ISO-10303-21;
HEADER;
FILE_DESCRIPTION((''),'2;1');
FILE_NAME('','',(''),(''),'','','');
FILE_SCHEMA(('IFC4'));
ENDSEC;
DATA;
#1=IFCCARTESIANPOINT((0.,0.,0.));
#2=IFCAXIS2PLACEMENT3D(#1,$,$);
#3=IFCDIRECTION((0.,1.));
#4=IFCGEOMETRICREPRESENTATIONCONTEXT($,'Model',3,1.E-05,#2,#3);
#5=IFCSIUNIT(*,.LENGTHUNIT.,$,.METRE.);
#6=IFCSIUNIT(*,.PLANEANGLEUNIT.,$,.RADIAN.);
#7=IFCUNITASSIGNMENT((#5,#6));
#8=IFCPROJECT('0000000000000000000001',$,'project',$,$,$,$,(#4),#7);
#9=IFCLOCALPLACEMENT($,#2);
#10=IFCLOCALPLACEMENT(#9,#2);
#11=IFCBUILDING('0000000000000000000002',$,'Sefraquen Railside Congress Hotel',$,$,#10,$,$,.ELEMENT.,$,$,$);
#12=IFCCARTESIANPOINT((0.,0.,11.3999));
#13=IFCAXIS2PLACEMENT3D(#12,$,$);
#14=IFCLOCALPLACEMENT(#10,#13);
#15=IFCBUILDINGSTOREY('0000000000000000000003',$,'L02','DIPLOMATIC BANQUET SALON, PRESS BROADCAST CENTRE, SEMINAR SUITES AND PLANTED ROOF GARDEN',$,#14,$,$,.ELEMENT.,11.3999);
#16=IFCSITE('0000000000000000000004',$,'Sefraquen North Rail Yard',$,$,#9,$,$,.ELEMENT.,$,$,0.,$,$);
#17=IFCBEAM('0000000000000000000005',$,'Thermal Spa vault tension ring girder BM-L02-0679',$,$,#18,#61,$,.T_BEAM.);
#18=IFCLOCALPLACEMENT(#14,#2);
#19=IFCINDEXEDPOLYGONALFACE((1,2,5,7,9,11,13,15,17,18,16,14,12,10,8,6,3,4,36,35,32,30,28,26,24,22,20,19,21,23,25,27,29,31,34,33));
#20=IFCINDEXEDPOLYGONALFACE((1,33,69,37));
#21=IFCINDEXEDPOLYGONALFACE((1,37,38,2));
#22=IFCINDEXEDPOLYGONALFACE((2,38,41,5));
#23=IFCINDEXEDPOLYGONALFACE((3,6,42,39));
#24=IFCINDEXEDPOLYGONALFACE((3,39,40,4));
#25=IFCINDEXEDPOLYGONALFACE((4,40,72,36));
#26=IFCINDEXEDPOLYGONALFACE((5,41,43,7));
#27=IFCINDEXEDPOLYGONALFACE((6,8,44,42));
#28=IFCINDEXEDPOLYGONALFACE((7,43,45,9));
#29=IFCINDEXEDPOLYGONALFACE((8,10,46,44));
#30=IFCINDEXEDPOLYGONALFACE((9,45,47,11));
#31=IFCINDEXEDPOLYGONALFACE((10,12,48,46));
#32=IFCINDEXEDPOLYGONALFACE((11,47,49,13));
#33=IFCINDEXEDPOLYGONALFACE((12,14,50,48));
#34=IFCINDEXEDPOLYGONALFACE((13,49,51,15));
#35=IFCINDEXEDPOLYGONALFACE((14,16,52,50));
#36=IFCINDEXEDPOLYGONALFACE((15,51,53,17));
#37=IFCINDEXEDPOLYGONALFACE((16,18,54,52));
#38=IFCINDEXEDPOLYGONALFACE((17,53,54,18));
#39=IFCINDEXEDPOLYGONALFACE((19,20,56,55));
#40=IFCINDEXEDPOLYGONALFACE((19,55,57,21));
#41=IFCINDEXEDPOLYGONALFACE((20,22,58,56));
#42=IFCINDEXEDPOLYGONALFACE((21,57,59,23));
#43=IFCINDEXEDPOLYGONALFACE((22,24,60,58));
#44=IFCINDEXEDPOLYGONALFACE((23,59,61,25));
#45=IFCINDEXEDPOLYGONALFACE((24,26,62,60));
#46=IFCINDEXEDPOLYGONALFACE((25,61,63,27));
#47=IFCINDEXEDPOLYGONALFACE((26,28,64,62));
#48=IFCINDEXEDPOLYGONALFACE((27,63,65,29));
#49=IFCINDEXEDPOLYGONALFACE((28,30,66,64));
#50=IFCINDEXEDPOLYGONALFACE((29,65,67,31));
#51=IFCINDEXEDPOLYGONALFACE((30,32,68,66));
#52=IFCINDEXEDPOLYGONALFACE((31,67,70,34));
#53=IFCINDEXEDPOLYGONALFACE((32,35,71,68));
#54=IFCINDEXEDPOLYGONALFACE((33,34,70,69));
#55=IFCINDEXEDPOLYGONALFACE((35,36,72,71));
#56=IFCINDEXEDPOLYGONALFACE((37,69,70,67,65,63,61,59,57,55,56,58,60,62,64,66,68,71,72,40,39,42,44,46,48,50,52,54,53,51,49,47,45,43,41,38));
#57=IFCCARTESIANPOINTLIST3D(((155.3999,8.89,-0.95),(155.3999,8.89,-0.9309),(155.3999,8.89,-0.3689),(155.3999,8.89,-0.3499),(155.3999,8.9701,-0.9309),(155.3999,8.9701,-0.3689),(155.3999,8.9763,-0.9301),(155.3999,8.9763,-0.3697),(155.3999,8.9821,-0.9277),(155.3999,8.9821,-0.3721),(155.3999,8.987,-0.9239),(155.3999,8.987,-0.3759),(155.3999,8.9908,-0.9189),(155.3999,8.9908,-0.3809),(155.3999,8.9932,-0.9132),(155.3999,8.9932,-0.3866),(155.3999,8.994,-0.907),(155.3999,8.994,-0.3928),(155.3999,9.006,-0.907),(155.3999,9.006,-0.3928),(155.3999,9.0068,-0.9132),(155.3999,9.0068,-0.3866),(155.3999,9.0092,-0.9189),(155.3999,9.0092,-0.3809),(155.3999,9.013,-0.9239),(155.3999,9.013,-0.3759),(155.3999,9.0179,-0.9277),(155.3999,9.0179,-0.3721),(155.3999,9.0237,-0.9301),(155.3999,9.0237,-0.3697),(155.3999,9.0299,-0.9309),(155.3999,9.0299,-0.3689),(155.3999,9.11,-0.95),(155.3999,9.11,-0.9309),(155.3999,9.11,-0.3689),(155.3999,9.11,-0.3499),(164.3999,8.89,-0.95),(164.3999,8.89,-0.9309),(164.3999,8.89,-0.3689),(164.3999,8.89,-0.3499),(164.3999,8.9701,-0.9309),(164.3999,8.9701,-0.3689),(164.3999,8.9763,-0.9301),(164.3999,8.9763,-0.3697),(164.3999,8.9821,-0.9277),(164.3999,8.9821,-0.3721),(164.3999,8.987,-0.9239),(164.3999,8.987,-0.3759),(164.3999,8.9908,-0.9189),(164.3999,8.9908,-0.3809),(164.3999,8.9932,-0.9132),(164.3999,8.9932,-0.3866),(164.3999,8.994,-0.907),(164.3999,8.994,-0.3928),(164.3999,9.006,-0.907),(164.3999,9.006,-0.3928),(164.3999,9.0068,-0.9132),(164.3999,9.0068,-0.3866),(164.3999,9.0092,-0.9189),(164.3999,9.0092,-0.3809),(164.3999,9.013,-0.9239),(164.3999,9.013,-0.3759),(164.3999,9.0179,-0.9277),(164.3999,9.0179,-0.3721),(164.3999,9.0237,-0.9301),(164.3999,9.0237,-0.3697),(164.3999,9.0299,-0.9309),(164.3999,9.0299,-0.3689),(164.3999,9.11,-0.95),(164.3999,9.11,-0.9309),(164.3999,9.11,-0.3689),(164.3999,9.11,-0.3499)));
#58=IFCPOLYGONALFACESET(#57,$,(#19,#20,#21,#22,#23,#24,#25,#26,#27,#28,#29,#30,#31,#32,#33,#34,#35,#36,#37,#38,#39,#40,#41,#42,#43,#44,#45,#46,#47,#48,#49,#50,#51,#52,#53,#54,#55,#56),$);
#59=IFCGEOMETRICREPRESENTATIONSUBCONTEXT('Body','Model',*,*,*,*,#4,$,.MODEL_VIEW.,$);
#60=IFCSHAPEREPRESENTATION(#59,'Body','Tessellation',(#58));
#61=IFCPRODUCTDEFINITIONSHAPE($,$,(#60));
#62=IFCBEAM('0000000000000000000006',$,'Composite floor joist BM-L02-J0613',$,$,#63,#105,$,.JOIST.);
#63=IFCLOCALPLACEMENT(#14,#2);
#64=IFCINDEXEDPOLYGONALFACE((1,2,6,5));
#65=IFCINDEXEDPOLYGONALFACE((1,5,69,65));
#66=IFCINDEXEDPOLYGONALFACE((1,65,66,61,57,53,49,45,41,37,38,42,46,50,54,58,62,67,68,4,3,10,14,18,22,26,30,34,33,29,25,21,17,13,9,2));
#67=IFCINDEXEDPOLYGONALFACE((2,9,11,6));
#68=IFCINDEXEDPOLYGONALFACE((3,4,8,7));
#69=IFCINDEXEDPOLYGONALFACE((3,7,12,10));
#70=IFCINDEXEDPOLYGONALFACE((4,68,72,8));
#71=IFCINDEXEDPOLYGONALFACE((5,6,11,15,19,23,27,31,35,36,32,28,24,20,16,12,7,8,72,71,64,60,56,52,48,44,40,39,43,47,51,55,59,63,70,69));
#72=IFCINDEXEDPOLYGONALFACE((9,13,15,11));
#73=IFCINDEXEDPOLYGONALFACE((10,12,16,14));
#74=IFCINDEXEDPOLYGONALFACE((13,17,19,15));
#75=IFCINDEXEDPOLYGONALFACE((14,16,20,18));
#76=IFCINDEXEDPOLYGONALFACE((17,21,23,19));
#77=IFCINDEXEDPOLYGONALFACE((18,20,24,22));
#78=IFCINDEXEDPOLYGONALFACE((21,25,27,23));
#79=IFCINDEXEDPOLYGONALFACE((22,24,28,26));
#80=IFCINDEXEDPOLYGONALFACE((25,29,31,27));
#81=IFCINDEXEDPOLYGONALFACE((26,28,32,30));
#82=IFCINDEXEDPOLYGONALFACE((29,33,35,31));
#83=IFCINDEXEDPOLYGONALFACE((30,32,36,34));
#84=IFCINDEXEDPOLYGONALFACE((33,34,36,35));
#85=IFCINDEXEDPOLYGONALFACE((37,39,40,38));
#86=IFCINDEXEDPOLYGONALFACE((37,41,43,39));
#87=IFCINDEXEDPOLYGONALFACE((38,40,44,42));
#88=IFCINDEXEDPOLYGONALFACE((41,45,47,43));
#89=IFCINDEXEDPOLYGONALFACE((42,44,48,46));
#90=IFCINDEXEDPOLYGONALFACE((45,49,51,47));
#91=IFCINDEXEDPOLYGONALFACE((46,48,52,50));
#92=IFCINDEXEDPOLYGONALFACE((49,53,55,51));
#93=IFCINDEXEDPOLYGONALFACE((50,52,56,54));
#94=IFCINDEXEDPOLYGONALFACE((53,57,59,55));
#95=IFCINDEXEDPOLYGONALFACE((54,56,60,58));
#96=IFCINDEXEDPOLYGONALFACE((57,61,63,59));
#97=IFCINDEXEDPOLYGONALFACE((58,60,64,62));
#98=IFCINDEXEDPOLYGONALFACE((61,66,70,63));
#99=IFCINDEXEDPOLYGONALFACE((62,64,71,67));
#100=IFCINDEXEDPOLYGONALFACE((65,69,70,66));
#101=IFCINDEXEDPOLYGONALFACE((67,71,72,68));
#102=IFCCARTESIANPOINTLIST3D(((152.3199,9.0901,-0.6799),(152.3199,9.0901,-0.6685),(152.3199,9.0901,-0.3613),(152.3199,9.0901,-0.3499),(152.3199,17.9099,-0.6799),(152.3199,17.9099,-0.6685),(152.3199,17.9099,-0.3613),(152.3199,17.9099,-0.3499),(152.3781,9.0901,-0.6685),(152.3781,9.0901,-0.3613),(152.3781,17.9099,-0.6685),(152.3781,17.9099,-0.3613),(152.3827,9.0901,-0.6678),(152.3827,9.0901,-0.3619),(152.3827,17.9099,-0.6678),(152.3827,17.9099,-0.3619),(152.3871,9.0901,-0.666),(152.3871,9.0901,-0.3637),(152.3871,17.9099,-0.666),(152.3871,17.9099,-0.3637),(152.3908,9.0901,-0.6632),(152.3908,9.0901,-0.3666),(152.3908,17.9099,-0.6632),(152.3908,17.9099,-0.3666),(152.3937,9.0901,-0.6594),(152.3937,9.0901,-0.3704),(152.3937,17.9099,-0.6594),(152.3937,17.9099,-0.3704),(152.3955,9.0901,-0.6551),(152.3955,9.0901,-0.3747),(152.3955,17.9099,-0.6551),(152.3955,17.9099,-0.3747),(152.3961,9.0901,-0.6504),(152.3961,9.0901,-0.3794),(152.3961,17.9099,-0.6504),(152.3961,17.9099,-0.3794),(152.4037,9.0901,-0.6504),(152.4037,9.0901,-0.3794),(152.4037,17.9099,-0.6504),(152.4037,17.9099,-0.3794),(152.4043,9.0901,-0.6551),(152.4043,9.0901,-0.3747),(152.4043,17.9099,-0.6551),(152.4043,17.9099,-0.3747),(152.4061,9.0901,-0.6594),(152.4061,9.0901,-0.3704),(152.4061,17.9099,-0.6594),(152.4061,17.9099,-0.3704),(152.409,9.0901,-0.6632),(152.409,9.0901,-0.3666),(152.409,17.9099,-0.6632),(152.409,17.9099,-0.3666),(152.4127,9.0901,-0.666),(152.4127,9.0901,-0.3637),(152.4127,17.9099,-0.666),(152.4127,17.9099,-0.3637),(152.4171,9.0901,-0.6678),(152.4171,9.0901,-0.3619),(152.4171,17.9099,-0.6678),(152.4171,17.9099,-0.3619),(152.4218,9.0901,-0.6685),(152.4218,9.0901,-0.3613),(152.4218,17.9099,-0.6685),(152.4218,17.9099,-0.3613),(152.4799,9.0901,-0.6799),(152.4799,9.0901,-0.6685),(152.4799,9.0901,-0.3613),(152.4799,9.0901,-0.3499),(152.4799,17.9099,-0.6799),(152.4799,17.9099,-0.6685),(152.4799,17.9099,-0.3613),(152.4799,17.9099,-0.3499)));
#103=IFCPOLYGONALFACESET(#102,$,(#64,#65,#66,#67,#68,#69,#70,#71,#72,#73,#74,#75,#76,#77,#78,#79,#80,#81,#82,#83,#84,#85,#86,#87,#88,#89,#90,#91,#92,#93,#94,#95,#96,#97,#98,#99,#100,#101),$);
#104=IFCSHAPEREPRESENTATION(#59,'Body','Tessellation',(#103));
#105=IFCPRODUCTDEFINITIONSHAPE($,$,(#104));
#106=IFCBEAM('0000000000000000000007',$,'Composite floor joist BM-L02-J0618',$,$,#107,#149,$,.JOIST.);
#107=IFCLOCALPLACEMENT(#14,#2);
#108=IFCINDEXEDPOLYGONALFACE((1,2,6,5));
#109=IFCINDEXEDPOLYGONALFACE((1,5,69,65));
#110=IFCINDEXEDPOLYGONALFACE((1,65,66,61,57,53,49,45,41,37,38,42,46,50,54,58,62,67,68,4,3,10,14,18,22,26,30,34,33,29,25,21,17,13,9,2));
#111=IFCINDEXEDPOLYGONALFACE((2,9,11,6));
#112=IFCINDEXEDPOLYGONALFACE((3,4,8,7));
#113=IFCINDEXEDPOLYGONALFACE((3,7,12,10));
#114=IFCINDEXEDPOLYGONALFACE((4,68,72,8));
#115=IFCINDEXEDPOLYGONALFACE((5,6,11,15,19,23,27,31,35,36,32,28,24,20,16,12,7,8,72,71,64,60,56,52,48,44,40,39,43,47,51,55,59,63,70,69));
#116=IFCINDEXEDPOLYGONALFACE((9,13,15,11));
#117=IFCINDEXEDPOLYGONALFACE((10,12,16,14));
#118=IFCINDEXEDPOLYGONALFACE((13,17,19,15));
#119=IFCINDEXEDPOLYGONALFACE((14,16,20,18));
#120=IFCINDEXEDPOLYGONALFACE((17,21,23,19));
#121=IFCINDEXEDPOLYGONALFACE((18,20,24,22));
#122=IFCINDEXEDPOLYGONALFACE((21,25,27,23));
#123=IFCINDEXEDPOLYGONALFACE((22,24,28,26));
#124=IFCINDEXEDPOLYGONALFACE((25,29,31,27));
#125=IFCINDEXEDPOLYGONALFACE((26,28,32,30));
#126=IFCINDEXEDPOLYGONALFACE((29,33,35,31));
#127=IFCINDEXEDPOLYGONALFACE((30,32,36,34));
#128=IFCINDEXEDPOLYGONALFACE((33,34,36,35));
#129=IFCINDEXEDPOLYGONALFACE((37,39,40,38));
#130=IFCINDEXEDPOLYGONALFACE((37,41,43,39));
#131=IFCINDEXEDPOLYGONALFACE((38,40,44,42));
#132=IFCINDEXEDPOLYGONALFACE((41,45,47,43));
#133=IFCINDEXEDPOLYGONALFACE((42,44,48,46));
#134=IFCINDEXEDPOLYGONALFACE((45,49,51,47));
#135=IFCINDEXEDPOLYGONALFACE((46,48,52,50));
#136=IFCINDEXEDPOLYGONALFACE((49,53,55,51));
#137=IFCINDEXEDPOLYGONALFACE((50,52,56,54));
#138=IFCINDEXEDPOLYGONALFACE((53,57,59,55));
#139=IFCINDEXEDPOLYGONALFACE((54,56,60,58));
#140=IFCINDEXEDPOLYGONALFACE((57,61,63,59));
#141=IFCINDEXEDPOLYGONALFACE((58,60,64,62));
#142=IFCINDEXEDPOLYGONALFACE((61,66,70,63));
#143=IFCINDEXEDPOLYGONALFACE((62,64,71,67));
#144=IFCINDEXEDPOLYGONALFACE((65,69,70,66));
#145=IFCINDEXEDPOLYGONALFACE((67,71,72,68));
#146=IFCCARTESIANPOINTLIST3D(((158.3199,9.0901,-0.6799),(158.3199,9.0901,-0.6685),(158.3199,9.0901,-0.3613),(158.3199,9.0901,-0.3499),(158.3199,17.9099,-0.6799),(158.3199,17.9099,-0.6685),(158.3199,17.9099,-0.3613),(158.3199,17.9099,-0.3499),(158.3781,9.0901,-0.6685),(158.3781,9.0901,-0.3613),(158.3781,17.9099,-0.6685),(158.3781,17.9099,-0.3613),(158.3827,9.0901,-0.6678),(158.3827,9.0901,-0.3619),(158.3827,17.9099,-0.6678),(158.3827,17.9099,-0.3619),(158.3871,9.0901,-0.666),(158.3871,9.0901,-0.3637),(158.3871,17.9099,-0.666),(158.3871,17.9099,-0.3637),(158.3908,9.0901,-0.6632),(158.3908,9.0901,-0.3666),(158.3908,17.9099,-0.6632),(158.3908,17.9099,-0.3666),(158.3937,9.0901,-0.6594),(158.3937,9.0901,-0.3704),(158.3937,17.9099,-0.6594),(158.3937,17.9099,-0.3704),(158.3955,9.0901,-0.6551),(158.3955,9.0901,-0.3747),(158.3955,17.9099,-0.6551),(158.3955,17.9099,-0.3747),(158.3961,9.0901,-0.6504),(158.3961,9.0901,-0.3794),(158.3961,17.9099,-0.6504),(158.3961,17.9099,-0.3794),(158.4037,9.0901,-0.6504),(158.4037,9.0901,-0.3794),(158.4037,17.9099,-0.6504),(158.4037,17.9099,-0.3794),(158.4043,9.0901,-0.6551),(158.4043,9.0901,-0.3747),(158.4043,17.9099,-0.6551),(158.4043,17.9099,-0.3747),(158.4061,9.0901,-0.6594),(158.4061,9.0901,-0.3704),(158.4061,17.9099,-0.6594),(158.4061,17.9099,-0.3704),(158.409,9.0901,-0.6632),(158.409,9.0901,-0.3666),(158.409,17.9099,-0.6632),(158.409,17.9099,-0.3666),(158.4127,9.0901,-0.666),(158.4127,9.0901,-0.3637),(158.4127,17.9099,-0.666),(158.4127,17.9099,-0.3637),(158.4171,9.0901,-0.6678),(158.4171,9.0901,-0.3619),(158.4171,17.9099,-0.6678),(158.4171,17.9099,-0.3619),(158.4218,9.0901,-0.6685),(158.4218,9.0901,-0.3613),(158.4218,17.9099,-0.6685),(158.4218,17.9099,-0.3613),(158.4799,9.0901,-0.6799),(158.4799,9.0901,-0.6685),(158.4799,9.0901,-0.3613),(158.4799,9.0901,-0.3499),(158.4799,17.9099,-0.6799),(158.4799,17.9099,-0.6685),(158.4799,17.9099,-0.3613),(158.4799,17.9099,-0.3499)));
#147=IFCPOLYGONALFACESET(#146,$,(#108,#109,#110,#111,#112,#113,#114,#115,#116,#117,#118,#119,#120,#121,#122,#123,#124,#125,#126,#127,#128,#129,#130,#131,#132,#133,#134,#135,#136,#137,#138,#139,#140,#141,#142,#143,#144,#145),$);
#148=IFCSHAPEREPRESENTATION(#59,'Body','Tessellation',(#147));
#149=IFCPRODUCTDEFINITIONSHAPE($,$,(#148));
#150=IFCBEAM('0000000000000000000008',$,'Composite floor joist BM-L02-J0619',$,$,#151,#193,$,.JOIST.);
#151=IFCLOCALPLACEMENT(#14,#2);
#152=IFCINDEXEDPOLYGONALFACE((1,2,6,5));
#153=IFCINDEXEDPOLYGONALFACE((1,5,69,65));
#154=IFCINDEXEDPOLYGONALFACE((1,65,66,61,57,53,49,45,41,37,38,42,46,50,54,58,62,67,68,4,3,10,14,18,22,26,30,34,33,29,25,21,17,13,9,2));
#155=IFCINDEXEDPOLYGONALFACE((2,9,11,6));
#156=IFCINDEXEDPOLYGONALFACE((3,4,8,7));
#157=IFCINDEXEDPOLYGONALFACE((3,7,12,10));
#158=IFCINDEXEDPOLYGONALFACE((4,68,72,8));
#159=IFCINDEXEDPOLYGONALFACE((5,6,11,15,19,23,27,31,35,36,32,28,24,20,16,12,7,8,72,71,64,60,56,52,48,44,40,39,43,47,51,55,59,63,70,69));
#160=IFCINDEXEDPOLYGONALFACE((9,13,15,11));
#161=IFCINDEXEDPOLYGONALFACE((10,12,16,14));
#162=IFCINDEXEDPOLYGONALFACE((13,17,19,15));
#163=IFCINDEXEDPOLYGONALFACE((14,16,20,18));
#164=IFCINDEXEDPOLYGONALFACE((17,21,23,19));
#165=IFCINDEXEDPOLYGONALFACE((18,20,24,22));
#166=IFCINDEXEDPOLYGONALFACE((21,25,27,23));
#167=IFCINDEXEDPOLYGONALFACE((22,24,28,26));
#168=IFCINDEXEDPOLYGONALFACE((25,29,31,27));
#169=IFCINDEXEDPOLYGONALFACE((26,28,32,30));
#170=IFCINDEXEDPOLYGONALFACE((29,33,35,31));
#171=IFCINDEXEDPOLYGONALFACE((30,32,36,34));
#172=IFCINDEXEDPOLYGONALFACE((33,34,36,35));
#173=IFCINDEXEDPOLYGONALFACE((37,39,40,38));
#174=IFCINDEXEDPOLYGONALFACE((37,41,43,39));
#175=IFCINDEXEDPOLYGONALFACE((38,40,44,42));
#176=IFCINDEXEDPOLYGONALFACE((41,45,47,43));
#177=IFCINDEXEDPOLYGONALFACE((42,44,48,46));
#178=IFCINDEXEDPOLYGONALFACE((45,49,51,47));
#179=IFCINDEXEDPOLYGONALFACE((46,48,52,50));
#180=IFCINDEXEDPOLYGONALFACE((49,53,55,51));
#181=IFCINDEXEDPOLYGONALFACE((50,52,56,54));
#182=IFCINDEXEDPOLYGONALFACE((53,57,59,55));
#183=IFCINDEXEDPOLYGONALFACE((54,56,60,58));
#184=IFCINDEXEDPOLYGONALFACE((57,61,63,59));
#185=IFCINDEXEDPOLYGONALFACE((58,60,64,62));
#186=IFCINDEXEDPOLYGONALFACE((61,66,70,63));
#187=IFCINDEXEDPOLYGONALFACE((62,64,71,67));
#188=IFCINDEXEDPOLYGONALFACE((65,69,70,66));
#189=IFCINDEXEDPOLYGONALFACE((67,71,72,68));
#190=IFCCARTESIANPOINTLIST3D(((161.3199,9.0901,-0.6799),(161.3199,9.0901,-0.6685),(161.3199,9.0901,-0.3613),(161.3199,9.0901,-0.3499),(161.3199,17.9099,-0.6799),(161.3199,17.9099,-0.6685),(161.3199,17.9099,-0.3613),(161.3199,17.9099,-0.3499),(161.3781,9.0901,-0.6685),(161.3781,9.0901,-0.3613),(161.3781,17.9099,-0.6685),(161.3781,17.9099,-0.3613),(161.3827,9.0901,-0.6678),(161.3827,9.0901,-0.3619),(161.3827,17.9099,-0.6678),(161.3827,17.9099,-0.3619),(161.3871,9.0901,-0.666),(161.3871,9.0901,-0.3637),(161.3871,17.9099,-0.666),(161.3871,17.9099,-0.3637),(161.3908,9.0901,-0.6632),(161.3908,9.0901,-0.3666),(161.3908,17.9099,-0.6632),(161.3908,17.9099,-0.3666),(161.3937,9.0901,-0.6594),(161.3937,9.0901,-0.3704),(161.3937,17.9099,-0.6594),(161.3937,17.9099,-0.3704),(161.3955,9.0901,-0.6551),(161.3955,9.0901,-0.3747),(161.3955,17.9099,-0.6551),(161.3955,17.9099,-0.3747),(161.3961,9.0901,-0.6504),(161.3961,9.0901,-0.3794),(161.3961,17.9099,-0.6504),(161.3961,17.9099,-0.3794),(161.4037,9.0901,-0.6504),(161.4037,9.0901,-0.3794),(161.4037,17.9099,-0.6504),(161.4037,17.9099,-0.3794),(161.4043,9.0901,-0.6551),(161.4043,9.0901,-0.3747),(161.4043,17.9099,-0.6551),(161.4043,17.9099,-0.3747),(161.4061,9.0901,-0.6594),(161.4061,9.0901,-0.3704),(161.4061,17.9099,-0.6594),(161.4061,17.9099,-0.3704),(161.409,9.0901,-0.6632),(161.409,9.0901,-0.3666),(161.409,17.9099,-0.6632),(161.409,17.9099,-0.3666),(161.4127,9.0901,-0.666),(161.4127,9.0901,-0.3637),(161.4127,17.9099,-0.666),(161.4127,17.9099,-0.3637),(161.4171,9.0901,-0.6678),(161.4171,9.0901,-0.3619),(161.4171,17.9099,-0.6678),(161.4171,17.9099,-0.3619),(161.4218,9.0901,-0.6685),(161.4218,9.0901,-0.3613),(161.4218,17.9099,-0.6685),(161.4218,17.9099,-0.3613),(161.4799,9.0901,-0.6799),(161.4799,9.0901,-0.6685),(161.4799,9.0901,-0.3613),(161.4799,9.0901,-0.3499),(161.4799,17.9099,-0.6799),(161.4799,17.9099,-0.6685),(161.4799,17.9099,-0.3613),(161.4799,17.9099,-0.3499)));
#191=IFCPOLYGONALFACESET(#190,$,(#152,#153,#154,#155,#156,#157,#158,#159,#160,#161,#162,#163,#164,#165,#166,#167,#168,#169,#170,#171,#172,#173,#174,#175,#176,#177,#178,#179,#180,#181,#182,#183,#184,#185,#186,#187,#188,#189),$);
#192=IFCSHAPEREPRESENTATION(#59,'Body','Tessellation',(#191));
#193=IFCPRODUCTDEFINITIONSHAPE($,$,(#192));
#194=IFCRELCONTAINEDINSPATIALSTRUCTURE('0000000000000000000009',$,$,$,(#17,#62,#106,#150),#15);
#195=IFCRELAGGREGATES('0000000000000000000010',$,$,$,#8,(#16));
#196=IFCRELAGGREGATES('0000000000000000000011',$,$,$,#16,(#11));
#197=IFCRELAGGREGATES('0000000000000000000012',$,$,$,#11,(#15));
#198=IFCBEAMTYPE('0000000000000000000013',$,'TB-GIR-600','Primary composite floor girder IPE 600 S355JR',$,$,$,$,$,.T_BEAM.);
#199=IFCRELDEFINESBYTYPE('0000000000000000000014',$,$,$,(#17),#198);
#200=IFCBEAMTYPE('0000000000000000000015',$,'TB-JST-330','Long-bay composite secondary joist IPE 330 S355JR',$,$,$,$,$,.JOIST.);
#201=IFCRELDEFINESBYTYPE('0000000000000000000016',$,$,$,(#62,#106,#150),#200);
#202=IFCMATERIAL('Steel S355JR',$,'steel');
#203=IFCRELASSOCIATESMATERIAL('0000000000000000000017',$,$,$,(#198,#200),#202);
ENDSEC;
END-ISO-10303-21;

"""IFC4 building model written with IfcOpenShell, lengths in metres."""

from ifc_helpers import new_model, si_unit, direction, frame, origin, origin_2d, place, context, subcontext, project, spatial, i_section, extrude, material, material_profile, profile_set, type_object, element, save


model = new_model("IFC4")

# Units and contexts
model_context = context("Model", 3, precision=1e-05, world=origin(), true_north=direction((0.0, 1.0)))
body_context = subcontext(model_context, "Body", "Model", "MODEL_VIEW")
ifc_project = project(units=[si_unit("LENGTHUNIT", "METRE"), si_unit("PLANEANGLEUNIT", "RADIAN")], contexts=[model_context])

# Site, building, storey
site_placement = place(None, origin())
site = spatial("IfcSite", under=ifc_project, at=site_placement, Name="Sefraquen North Rail Yard", CompositionType="ELEMENT", RefElevation=0.0)
building_placement = place(site_placement, origin())
building = spatial("IfcBuilding", under=site, at=building_placement, Name="Sefraquen Railside Congress Hotel", CompositionType="ELEMENT")
storey_placement = place(building_placement, frame((0.0, 0.0, 11.3999)))
storey = spatial("IfcBuildingStorey", under=building, at=storey_placement, Name="L02", Description="DIPLOMATIC BANQUET SALON, PRESS BROADCAST CENTRE, SEMINAR SUITES AND PLANTED ROOF GARDEN", CompositionType="ELEMENT", Elevation=11.3999)

# Beams
ifc_material_1 = material(Name="Steel S355JR", Category="steel")
ifc_material_profile_1 = material_profile(ifc_material_1, i_section(OverallWidth=0.22, OverallDepth=0.6001, WebThickness=0.012, FlangeThickness=0.019, FilletRadius=0.0239, at=origin_2d()), Name="IPE 600")
ifc_profile_set_1 = profile_set([ifc_material_profile_1], Name="Steel S355JR")
beam_type_1 = type_object("IfcBeamType", Name="TB-GIR-600", Description="Primary composite floor girder IPE 600 S355JR", PredefinedType="T_BEAM", material=ifc_profile_set_1)
beam_1_placement = place(storey_placement, frame((155.3999, 9.0, -0.6499), z_axis=(1.0, 0.0, 0.0), x_axis=(0.0, 1.0, 0.0)))
element("IfcBeam", 1, at=beam_1_placement, inside=storey, type_object=beam_type_1, Name="Thermal Spa vault tension ring girder BM-L02-0679", PredefinedType="T_BEAM", context=body_context, shape_type="SweptSolid", body=[
    extrude(i_section(OverallWidth=0.22, OverallDepth=0.6001, WebThickness=0.012, FlangeThickness=0.019, FilletRadius=0.0239, at=origin_2d()), origin(), (0.0, 0.0, 1.0), 9.0),
])
ifc_material_profile_2 = material_profile(ifc_material_1, i_section(OverallWidth=0.1599, OverallDepth=0.3301, WebThickness=0.0076, FlangeThickness=0.0115, FilletRadius=0.0181, at=origin_2d()), Name="IPE 330")
ifc_profile_set_2 = profile_set([ifc_material_profile_2], Name="Steel S355JR")
beam_type_2 = type_object("IfcBeamType", Name="TB-JST-330", Description="Long-bay composite secondary joist IPE 330 S355JR", PredefinedType="JOIST", material=ifc_profile_set_2)
for number, where, z_axis, x_axis, name in (
    (2, (152.3999, 9.0901, -0.5149), (0.0, 1.0, 0.0), (-1.0, 0.0, 0.0), "Composite floor joist BM-L02-J0613"),
    (3, (158.3999, 9.0901, -0.5149), (0.0, 1.0, 0.0), (-1.0, 0.0, 0.0), "Composite floor joist BM-L02-J0618"),
    (4, (161.3999, 9.0901, -0.5149), (0.0, 1.0, 0.0), (-1.0, 0.0, 0.0), "Composite floor joist BM-L02-J0619"),
):
    element("IfcBeam", number, at=place(storey_placement, frame(where, z_axis=z_axis, x_axis=x_axis)), inside=storey, type_object=beam_type_2, Name=name, PredefinedType="JOIST", context=body_context, shape_type="SweptSolid", body=[
        extrude(i_section(OverallWidth=0.1599, OverallDepth=0.3301, WebThickness=0.0076, FlangeThickness=0.0115, FilletRadius=0.0181, at=origin_2d()), origin(), (0.0, 0.0, 1.0), 8.8198),
    ])

save(model, "model.ifc")
